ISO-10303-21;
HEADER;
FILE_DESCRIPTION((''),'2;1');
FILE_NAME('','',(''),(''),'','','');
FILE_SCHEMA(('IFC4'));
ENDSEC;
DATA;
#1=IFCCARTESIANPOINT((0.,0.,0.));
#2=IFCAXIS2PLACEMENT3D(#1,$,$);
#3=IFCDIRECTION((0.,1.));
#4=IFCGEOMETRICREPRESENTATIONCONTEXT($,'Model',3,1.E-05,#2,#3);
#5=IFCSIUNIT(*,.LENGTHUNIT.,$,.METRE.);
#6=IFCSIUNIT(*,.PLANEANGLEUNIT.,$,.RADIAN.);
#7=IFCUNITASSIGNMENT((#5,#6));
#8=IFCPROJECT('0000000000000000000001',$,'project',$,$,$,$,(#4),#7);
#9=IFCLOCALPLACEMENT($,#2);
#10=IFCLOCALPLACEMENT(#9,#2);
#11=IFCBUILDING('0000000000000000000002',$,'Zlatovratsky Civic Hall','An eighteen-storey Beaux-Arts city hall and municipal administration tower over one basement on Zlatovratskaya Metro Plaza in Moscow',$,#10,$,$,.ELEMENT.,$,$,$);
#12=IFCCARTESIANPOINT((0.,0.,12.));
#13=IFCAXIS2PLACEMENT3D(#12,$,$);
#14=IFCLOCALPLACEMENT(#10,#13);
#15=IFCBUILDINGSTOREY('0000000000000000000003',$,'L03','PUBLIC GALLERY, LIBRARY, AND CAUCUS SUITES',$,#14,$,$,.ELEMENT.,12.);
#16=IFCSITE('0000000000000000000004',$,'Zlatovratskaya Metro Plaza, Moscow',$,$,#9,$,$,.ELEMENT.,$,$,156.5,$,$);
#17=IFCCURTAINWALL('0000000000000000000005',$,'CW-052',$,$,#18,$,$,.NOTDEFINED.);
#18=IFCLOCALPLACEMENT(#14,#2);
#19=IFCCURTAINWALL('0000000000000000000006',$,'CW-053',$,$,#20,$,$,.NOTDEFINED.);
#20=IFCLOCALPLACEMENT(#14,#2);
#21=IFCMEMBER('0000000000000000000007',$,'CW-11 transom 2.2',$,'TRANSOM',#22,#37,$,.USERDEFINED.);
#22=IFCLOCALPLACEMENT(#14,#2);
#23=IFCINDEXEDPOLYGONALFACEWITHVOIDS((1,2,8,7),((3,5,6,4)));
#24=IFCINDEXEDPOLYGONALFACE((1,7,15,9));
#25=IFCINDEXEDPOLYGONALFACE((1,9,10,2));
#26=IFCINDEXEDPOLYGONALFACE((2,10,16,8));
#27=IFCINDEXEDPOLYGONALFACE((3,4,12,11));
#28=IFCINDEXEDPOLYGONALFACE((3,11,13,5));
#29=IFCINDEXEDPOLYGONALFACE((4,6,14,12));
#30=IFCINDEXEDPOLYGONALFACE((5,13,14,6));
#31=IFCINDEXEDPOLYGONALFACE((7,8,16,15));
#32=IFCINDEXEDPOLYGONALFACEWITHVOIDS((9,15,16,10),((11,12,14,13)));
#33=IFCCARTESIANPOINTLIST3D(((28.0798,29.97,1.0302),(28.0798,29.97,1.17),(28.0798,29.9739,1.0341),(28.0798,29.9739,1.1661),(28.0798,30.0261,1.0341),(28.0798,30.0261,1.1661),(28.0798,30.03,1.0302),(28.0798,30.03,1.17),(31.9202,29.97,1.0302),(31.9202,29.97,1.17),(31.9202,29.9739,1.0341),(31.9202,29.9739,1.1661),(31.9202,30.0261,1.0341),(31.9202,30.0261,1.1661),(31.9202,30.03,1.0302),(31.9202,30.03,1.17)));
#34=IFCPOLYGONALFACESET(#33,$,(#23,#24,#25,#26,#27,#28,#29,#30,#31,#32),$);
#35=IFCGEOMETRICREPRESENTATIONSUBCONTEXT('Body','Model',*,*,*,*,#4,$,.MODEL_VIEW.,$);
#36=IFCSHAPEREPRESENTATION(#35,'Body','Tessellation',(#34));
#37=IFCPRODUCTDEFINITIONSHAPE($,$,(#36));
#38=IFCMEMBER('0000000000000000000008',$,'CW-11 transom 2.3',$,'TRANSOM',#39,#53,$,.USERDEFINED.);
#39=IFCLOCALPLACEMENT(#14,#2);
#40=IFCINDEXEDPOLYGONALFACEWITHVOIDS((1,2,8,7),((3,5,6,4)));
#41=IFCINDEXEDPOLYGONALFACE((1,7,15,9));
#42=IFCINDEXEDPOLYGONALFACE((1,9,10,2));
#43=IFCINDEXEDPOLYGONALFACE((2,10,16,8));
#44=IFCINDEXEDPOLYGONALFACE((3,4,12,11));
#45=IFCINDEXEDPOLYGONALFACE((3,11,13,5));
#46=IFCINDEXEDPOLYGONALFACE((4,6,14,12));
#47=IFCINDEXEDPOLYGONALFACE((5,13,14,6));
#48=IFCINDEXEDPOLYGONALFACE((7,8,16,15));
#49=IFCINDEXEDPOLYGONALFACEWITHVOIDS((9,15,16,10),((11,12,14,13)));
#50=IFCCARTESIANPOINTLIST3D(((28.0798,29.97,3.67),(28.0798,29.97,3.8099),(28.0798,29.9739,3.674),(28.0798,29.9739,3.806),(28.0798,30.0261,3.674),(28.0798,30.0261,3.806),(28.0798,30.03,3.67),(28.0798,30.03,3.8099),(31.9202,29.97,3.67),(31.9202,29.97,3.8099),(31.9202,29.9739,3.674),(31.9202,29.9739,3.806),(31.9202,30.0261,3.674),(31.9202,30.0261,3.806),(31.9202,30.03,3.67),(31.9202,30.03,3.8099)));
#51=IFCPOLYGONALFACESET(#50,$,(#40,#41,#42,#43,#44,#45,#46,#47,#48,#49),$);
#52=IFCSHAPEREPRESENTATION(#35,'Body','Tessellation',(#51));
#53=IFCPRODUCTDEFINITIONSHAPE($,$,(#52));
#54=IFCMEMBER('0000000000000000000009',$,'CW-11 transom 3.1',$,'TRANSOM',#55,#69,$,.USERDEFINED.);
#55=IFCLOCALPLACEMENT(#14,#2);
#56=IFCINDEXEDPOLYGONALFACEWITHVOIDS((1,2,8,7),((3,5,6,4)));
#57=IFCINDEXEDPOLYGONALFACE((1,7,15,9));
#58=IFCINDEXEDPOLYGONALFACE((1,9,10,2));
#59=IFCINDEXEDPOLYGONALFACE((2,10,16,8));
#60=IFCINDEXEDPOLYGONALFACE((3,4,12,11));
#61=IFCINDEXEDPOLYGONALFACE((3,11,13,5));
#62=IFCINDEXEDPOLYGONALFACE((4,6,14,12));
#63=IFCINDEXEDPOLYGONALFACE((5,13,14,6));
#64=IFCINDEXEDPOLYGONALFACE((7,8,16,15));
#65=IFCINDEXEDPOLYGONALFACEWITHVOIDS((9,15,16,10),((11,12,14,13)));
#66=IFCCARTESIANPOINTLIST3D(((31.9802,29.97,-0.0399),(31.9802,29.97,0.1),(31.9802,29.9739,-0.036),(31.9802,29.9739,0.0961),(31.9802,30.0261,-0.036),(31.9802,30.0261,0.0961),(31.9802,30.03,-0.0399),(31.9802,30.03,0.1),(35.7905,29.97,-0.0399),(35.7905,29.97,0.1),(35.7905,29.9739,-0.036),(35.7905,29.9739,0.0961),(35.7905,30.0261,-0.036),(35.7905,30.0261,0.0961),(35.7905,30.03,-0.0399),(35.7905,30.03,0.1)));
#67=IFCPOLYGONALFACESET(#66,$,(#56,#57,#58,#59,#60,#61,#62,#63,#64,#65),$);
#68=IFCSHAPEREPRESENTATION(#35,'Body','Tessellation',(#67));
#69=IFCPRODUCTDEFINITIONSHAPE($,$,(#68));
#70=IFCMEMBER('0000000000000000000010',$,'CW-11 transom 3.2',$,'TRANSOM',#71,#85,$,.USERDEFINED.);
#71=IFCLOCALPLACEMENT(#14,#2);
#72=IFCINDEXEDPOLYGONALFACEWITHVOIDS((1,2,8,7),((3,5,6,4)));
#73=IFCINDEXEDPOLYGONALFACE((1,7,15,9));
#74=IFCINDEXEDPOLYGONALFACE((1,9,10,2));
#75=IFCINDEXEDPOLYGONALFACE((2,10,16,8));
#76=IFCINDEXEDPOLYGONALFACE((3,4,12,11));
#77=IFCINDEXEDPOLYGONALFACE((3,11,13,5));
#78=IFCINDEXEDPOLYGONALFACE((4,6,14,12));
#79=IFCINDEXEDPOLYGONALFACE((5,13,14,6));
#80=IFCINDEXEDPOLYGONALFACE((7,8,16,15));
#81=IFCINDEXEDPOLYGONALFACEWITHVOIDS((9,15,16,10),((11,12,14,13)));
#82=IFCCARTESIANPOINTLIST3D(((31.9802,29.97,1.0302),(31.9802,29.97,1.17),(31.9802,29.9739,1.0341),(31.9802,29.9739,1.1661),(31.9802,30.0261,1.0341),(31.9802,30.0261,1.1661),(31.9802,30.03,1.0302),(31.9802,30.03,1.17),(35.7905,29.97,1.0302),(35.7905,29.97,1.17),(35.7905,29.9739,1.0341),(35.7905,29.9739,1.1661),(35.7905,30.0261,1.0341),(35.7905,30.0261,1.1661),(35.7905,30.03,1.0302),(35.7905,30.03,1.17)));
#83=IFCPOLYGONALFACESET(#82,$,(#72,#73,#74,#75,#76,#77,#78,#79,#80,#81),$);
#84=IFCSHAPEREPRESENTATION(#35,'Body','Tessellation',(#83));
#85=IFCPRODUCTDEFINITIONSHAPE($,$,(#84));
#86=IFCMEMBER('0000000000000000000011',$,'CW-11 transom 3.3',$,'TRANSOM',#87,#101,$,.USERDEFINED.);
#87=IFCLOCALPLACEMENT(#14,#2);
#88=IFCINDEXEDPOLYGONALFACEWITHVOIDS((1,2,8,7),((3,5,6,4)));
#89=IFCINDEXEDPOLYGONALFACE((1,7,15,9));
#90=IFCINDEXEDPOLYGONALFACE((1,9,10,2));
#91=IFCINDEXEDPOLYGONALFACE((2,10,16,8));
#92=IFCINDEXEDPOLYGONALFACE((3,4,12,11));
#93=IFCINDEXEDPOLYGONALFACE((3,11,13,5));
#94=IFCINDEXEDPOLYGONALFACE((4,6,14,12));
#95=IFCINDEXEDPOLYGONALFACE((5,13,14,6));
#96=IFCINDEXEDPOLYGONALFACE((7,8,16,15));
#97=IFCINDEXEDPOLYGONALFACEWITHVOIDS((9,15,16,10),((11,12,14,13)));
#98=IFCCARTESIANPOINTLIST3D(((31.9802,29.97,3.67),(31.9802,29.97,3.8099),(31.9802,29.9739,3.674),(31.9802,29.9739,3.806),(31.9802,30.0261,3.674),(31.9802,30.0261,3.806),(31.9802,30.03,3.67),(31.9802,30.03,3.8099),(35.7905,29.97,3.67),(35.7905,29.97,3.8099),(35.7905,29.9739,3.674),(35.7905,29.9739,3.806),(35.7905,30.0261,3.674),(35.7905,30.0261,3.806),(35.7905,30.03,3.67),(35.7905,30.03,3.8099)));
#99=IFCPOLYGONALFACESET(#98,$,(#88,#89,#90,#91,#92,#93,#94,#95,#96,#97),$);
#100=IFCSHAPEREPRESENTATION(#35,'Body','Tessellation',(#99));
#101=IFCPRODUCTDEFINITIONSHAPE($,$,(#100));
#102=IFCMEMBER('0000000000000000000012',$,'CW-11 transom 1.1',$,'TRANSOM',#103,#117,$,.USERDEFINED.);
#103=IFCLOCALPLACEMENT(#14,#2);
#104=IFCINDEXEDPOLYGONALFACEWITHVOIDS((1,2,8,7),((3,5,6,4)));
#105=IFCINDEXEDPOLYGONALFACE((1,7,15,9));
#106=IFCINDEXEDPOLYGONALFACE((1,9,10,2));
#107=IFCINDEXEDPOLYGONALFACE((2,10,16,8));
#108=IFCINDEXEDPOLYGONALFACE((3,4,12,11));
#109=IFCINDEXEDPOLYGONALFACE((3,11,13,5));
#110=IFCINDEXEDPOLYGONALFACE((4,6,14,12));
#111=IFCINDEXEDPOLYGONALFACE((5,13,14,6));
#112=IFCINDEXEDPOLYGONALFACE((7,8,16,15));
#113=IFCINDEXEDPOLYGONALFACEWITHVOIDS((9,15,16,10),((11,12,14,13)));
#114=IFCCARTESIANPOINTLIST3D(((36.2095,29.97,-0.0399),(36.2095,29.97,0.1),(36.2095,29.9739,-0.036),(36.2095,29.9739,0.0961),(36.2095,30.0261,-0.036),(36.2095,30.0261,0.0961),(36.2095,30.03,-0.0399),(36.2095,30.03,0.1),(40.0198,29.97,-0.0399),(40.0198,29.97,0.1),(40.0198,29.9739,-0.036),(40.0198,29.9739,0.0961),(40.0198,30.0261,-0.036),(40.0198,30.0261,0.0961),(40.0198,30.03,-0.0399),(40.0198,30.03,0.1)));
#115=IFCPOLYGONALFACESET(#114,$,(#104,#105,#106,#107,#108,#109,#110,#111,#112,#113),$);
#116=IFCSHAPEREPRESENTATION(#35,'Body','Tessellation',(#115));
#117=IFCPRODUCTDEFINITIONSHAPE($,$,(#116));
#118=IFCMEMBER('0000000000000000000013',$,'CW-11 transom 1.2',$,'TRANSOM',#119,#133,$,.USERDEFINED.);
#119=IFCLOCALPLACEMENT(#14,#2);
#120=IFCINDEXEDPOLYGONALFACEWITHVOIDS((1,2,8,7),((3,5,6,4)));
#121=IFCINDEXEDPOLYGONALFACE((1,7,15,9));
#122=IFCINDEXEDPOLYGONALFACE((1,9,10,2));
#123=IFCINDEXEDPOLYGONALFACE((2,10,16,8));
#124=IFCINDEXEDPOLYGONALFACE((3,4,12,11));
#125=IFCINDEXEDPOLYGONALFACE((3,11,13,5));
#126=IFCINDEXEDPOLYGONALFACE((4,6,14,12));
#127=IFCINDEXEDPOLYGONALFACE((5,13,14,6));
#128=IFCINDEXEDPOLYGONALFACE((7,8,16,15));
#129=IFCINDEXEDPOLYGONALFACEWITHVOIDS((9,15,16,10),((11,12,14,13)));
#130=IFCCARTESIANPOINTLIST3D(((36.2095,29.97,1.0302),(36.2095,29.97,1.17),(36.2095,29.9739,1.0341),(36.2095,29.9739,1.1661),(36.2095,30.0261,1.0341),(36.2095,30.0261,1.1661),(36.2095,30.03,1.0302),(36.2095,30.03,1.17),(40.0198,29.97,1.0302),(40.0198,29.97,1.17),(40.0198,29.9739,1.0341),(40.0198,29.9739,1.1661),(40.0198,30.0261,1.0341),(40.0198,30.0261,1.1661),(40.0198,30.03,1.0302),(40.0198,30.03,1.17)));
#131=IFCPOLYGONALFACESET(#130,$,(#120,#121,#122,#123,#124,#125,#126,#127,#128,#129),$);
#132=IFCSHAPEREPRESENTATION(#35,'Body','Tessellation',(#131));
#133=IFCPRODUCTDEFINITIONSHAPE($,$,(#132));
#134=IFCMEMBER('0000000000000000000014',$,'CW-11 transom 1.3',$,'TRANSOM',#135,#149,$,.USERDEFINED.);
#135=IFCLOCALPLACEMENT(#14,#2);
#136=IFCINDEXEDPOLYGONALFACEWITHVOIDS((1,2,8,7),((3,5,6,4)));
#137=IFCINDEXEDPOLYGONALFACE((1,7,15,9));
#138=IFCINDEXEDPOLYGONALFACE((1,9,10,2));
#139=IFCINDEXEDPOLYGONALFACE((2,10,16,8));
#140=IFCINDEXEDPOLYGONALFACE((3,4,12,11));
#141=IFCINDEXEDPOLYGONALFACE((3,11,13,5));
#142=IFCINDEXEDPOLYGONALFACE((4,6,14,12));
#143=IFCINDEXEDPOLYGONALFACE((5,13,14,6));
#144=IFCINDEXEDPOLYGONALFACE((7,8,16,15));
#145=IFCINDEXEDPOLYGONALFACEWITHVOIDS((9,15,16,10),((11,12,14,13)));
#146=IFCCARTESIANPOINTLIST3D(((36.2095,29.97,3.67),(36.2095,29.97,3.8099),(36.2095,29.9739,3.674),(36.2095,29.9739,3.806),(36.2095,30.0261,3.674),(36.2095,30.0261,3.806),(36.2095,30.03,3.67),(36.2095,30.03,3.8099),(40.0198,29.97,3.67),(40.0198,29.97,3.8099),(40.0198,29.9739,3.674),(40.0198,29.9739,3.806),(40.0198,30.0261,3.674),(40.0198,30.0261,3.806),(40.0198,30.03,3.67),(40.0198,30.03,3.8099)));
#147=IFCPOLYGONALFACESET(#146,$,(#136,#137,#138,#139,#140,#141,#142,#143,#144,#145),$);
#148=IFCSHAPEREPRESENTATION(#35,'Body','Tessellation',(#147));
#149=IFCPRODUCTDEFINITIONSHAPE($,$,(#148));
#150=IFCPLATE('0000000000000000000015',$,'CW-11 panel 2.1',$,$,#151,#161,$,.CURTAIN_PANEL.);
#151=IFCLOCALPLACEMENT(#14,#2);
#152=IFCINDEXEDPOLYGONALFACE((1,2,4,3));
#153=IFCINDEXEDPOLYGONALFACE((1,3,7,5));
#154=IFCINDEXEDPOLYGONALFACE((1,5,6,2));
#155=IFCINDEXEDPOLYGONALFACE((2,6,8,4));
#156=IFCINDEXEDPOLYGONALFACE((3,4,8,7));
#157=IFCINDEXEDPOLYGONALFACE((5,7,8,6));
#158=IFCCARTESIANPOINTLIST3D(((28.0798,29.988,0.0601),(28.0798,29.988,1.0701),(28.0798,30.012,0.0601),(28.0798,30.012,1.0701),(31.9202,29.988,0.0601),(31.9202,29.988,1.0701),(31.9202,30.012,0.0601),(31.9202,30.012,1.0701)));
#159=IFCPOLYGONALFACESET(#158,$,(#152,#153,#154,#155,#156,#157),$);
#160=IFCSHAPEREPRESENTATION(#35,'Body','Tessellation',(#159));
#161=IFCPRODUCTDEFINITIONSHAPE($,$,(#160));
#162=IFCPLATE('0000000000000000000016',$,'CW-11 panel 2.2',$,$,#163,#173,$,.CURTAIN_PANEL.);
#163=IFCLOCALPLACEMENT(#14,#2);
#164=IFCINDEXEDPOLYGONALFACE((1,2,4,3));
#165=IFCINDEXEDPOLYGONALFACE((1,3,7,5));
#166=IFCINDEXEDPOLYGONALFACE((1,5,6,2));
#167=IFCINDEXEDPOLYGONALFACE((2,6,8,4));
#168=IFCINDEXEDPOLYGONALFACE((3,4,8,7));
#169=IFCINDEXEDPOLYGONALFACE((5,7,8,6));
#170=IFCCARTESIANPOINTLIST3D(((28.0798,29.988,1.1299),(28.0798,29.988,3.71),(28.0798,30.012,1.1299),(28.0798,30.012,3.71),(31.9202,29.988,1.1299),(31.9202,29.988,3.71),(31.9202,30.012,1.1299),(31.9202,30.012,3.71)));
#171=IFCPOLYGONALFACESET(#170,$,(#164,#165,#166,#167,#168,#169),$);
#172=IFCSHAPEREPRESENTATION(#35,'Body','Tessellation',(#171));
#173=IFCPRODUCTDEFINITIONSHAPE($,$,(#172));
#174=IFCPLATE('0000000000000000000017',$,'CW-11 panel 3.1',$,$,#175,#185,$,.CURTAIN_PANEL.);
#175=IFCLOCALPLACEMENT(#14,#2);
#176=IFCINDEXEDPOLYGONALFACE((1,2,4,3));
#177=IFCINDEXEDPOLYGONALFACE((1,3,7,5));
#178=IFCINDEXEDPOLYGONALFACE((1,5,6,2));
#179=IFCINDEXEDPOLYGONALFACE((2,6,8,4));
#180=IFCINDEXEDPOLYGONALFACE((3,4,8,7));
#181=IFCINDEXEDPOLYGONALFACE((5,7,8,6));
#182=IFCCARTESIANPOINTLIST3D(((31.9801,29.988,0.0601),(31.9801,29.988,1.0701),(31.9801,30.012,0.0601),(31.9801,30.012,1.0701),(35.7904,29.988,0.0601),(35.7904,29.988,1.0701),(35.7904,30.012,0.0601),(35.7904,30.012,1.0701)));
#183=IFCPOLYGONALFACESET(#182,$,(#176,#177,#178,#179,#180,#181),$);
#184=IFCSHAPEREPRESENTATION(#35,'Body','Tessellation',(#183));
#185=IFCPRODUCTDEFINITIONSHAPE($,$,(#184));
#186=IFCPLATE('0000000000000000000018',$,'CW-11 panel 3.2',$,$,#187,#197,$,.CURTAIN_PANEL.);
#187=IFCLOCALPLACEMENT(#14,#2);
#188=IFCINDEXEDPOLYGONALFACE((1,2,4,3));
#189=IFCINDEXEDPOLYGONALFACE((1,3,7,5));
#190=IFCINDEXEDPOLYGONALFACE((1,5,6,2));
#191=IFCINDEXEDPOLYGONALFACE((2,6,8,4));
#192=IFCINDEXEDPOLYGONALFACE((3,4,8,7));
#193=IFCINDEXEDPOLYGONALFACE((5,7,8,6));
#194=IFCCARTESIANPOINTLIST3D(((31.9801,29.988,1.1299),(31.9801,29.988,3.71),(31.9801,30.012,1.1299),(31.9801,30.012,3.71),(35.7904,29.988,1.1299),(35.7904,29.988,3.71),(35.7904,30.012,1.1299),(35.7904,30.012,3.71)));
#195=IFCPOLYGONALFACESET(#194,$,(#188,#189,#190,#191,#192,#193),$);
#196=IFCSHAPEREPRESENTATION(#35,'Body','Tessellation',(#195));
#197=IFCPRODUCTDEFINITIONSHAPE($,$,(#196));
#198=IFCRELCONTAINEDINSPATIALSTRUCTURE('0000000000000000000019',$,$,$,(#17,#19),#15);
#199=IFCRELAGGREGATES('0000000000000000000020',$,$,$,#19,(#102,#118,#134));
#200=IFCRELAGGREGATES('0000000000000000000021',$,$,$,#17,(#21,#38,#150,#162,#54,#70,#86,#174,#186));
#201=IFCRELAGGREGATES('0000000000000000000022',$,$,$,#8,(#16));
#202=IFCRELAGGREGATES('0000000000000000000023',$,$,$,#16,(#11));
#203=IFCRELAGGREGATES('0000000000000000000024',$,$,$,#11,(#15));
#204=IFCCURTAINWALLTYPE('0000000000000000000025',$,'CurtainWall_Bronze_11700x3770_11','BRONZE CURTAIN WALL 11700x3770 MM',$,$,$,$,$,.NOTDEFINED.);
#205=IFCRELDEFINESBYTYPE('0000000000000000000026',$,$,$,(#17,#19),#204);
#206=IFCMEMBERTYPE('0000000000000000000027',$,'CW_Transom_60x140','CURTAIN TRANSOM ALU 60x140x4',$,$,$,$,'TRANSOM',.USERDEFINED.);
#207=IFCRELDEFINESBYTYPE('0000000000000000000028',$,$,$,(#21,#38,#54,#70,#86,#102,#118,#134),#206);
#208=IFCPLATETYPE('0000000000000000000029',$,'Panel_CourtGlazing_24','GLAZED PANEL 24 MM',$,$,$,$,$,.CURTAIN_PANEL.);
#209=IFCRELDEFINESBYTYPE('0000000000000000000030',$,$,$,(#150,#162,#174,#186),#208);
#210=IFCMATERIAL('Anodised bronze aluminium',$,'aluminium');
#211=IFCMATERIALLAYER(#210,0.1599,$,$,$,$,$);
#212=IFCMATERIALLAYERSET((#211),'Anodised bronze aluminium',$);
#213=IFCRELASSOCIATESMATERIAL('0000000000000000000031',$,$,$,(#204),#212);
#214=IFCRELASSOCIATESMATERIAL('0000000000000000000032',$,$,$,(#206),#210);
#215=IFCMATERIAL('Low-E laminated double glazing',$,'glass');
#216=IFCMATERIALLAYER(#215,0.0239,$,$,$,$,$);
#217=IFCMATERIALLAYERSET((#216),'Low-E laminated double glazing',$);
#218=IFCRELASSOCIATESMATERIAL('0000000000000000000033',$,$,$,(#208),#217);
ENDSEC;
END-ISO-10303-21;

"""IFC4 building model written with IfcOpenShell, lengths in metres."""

from ifc_helpers import new_model, si_unit, direction, frame, origin, origin_2d, place, context, subcontext, project, spatial, rectangle, hollow_rectangle, extrude, material, layer, layer_set, material_profile, profile_set, type_object, element, aggregate, save


model = new_model("IFC4")

# Units and contexts
model_context = context("Model", 3, precision=1e-05, world=origin(), true_north=direction((0.0, 1.0)))
body_context = subcontext(model_context, "Body", "Model", "MODEL_VIEW")
ifc_project = project(units=[si_unit("LENGTHUNIT", "METRE"), si_unit("PLANEANGLEUNIT", "RADIAN")], contexts=[model_context])

# Site, building, storey
site_placement = place(None, origin())
site = spatial("IfcSite", under=ifc_project, at=site_placement, Name="Zlatovratskaya Metro Plaza, Moscow", CompositionType="ELEMENT", RefElevation=156.5)
building_placement = place(site_placement, origin())
building = spatial("IfcBuilding", under=site, at=building_placement, Name="Zlatovratsky Civic Hall", Description="An eighteen-storey Beaux-Arts city hall and municipal administration tower over one basement on Zlatovratskaya Metro Plaza in Moscow", CompositionType="ELEMENT")
storey_placement = place(building_placement, frame((0.0, 0.0, 12.0)))
storey = spatial("IfcBuildingStorey", under=building, at=storey_placement, Name="L03", Description="PUBLIC GALLERY, LIBRARY, AND CAUCUS SUITES", CompositionType="ELEMENT", Elevation=12.0)

# Curtain wall
ifc_material_1 = material(Name="Anodised bronze aluminium", Category="aluminium")
ifc_layer_1 = layer(ifc_material_1, 0.1599)
ifc_layer_set_1 = layer_set([ifc_layer_1], Name="Anodised bronze aluminium")
curtain_wall_type_1 = type_object("IfcCurtainWallType", Name="CurtainWall_Bronze_11700x3770_11", Description="BRONZE CURTAIN WALL 11700x3770 MM", PredefinedType="NOTDEFINED", material=ifc_layer_set_1)
curtain_wall_1_placement = place(storey_placement, origin())
curtain_wall_1 = element("IfcCurtainWall", 1, at=curtain_wall_1_placement, inside=storey, type_object=curtain_wall_type_1, Name="CW-052", PredefinedType="NOTDEFINED")

# Curtain wall
curtain_wall_2_placement = place(storey_placement, origin())
curtain_wall_2 = element("IfcCurtainWall", 2, at=curtain_wall_2_placement, inside=storey, type_object=curtain_wall_type_1, Name="CW-053", PredefinedType="NOTDEFINED")

# Members
ifc_material_profile_1 = material_profile(ifc_material_1, hollow_rectangle(XDim=0.0601, YDim=0.1399, WallThickness=0.0039, at=origin_2d()), Name="ALU 60x140x4")
ifc_profile_set_1 = profile_set([ifc_material_profile_1], Name="Anodised bronze aluminium")
member_type_1 = type_object("IfcMemberType", Name="CW_Transom_60x140", Description="CURTAIN TRANSOM ALU 60x140x4", ElementType="TRANSOM", PredefinedType="USERDEFINED", material=ifc_profile_set_1)
member_1_placement = place(storey_placement, frame((28.0798, 30.0, 1.1001), z_axis=(1.0, 0.0, 0.0), x_axis=(0.0, 1.0, 0.0)))
member_1 = element("IfcMember", 3, at=member_1_placement, type_object=member_type_1, Name="CW-11 transom 2.2", ObjectType="TRANSOM", PredefinedType="USERDEFINED", context=body_context, shape_type="SweptSolid", body=[
    extrude(hollow_rectangle(XDim=0.0601, YDim=0.1399, WallThickness=0.0039, at=origin_2d()), origin(), (0.0, 0.0, 1.0), 3.8403),
])
member_2_placement = place(storey_placement, frame((28.0798, 30.0, 3.74), z_axis=(1.0, 0.0, 0.0), x_axis=(0.0, 1.0, 0.0)))
member_2 = element("IfcMember", 4, at=member_2_placement, type_object=member_type_1, Name="CW-11 transom 2.3", ObjectType="TRANSOM", PredefinedType="USERDEFINED", context=body_context, shape_type="SweptSolid", body=[
    extrude(hollow_rectangle(XDim=0.0601, YDim=0.1399, WallThickness=0.0039, at=origin_2d()), origin(), (0.0, 0.0, 1.0), 3.8403),
])
member_3_placement = place(storey_placement, frame((31.9802, 30.0, 0.03), z_axis=(1.0, 0.0, 0.0), x_axis=(0.0, 1.0, 0.0)))
member_3 = element("IfcMember", 5, at=member_3_placement, type_object=member_type_1, Name="CW-11 transom 3.1", ObjectType="TRANSOM", PredefinedType="USERDEFINED", context=body_context, shape_type="SweptSolid", body=[
    extrude(hollow_rectangle(XDim=0.0601, YDim=0.1399, WallThickness=0.0039, at=origin_2d()), origin(), (0.0, 0.0, 1.0), 3.8103),
])
member_4_placement = place(storey_placement, frame((31.9802, 30.0, 1.1001), z_axis=(1.0, 0.0, 0.0), x_axis=(0.0, 1.0, 0.0)))
member_4 = element("IfcMember", 6, at=member_4_placement, type_object=member_type_1, Name="CW-11 transom 3.2", ObjectType="TRANSOM", PredefinedType="USERDEFINED", context=body_context, shape_type="SweptSolid", body=[
    extrude(hollow_rectangle(XDim=0.0601, YDim=0.1399, WallThickness=0.0039, at=origin_2d()), origin(), (0.0, 0.0, 1.0), 3.8103),
])
member_5_placement = place(storey_placement, frame((31.9802, 30.0, 3.74), z_axis=(1.0, 0.0, 0.0), x_axis=(0.0, 1.0, 0.0)))
member_5 = element("IfcMember", 7, at=member_5_placement, type_object=member_type_1, Name="CW-11 transom 3.3", ObjectType="TRANSOM", PredefinedType="USERDEFINED", context=body_context, shape_type="SweptSolid", body=[
    extrude(hollow_rectangle(XDim=0.0601, YDim=0.1399, WallThickness=0.0039, at=origin_2d()), origin(), (0.0, 0.0, 1.0), 3.8103),
])
member_6_placement = place(storey_placement, frame((36.2095, 30.0, 0.03), z_axis=(1.0, 0.0, 0.0), x_axis=(0.0, 1.0, 0.0)))
member_6 = element("IfcMember", 8, at=member_6_placement, type_object=member_type_1, Name="CW-11 transom 1.1", ObjectType="TRANSOM", PredefinedType="USERDEFINED", context=body_context, shape_type="SweptSolid", body=[
    extrude(hollow_rectangle(XDim=0.0601, YDim=0.1399, WallThickness=0.0039, at=origin_2d()), origin(), (0.0, 0.0, 1.0), 3.8103),
])
member_7_placement = place(storey_placement, frame((36.2095, 30.0, 1.1001), z_axis=(1.0, 0.0, 0.0), x_axis=(0.0, 1.0, 0.0)))
member_7 = element("IfcMember", 9, at=member_7_placement, type_object=member_type_1, Name="CW-11 transom 1.2", ObjectType="TRANSOM", PredefinedType="USERDEFINED", context=body_context, shape_type="SweptSolid", body=[
    extrude(hollow_rectangle(XDim=0.0601, YDim=0.1399, WallThickness=0.0039, at=origin_2d()), origin(), (0.0, 0.0, 1.0), 3.8103),
])
member_8_placement = place(storey_placement, frame((36.2095, 30.0, 3.74), z_axis=(1.0, 0.0, 0.0), x_axis=(0.0, 1.0, 0.0)))
member_8 = element("IfcMember", 10, at=member_8_placement, type_object=member_type_1, Name="CW-11 transom 1.3", ObjectType="TRANSOM", PredefinedType="USERDEFINED", context=body_context, shape_type="SweptSolid", body=[
    extrude(hollow_rectangle(XDim=0.0601, YDim=0.1399, WallThickness=0.0039, at=origin_2d()), origin(), (0.0, 0.0, 1.0), 3.8103),
])
aggregate(curtain_wall_2, [member_6, member_7, member_8])

# Plates
ifc_material_2 = material(Name="Low-E laminated double glazing", Category="glass")
ifc_layer_2 = layer(ifc_material_2, 0.0239)
ifc_layer_set_2 = layer_set([ifc_layer_2], Name="Low-E laminated double glazing")
plate_type = type_object("IfcPlateType", Name="Panel_CourtGlazing_24", Description="GLAZED PANEL 24 MM", PredefinedType="CURTAIN_PANEL", material=ifc_layer_set_2)
plate_1_placement = place(storey_placement, frame((30.0, 30.0, 0.0601), z_axis=(0.0, 0.0, 1.0), x_axis=(1.0, 0.0, 0.0)))
plate_1 = element("IfcPlate", 11, at=plate_1_placement, type_object=plate_type, Name="CW-11 panel 2.1", PredefinedType="CURTAIN_PANEL", context=body_context, shape_type="SweptSolid", body=[
    extrude(rectangle(XDim=3.8403, YDim=0.0239, at=origin_2d()), origin(), (0.0, 0.0, 1.0), 1.01),
])
plate_2_placement = place(storey_placement, frame((30.0, 30.0, 1.1299), z_axis=(0.0, 0.0, 1.0), x_axis=(1.0, 0.0, 0.0)))
plate_2 = element("IfcPlate", 12, at=plate_2_placement, type_object=plate_type, Name="CW-11 panel 2.2", PredefinedType="CURTAIN_PANEL", context=body_context, shape_type="SweptSolid", body=[
    extrude(rectangle(XDim=3.8403, YDim=0.0239, at=origin_2d()), origin(), (0.0, 0.0, 1.0), 2.5801),
])
plate_3_placement = place(storey_placement, frame((33.8853, 30.0, 0.0601), z_axis=(0.0, 0.0, 1.0), x_axis=(1.0, 0.0, 0.0)))
plate_3 = element("IfcPlate", 13, at=plate_3_placement, type_object=plate_type, Name="CW-11 panel 3.1", PredefinedType="CURTAIN_PANEL", context=body_context, shape_type="SweptSolid", body=[
    extrude(rectangle(XDim=3.8103, YDim=0.0239, at=origin_2d()), origin(), (0.0, 0.0, 1.0), 1.01),
])
plate_4_placement = place(storey_placement, frame((33.8853, 30.0, 1.1299), z_axis=(0.0, 0.0, 1.0), x_axis=(1.0, 0.0, 0.0)))
plate_4 = element("IfcPlate", 14, at=plate_4_placement, type_object=plate_type, Name="CW-11 panel 3.2", PredefinedType="CURTAIN_PANEL", context=body_context, shape_type="SweptSolid", body=[
    extrude(rectangle(XDim=3.8103, YDim=0.0239, at=origin_2d()), origin(), (0.0, 0.0, 1.0), 2.5801),
])
aggregate(curtain_wall_1, [member_1, member_2, plate_1, plate_2, member_3, member_4, member_5, plate_3, plate_4])

save(model, "model.ifc")
